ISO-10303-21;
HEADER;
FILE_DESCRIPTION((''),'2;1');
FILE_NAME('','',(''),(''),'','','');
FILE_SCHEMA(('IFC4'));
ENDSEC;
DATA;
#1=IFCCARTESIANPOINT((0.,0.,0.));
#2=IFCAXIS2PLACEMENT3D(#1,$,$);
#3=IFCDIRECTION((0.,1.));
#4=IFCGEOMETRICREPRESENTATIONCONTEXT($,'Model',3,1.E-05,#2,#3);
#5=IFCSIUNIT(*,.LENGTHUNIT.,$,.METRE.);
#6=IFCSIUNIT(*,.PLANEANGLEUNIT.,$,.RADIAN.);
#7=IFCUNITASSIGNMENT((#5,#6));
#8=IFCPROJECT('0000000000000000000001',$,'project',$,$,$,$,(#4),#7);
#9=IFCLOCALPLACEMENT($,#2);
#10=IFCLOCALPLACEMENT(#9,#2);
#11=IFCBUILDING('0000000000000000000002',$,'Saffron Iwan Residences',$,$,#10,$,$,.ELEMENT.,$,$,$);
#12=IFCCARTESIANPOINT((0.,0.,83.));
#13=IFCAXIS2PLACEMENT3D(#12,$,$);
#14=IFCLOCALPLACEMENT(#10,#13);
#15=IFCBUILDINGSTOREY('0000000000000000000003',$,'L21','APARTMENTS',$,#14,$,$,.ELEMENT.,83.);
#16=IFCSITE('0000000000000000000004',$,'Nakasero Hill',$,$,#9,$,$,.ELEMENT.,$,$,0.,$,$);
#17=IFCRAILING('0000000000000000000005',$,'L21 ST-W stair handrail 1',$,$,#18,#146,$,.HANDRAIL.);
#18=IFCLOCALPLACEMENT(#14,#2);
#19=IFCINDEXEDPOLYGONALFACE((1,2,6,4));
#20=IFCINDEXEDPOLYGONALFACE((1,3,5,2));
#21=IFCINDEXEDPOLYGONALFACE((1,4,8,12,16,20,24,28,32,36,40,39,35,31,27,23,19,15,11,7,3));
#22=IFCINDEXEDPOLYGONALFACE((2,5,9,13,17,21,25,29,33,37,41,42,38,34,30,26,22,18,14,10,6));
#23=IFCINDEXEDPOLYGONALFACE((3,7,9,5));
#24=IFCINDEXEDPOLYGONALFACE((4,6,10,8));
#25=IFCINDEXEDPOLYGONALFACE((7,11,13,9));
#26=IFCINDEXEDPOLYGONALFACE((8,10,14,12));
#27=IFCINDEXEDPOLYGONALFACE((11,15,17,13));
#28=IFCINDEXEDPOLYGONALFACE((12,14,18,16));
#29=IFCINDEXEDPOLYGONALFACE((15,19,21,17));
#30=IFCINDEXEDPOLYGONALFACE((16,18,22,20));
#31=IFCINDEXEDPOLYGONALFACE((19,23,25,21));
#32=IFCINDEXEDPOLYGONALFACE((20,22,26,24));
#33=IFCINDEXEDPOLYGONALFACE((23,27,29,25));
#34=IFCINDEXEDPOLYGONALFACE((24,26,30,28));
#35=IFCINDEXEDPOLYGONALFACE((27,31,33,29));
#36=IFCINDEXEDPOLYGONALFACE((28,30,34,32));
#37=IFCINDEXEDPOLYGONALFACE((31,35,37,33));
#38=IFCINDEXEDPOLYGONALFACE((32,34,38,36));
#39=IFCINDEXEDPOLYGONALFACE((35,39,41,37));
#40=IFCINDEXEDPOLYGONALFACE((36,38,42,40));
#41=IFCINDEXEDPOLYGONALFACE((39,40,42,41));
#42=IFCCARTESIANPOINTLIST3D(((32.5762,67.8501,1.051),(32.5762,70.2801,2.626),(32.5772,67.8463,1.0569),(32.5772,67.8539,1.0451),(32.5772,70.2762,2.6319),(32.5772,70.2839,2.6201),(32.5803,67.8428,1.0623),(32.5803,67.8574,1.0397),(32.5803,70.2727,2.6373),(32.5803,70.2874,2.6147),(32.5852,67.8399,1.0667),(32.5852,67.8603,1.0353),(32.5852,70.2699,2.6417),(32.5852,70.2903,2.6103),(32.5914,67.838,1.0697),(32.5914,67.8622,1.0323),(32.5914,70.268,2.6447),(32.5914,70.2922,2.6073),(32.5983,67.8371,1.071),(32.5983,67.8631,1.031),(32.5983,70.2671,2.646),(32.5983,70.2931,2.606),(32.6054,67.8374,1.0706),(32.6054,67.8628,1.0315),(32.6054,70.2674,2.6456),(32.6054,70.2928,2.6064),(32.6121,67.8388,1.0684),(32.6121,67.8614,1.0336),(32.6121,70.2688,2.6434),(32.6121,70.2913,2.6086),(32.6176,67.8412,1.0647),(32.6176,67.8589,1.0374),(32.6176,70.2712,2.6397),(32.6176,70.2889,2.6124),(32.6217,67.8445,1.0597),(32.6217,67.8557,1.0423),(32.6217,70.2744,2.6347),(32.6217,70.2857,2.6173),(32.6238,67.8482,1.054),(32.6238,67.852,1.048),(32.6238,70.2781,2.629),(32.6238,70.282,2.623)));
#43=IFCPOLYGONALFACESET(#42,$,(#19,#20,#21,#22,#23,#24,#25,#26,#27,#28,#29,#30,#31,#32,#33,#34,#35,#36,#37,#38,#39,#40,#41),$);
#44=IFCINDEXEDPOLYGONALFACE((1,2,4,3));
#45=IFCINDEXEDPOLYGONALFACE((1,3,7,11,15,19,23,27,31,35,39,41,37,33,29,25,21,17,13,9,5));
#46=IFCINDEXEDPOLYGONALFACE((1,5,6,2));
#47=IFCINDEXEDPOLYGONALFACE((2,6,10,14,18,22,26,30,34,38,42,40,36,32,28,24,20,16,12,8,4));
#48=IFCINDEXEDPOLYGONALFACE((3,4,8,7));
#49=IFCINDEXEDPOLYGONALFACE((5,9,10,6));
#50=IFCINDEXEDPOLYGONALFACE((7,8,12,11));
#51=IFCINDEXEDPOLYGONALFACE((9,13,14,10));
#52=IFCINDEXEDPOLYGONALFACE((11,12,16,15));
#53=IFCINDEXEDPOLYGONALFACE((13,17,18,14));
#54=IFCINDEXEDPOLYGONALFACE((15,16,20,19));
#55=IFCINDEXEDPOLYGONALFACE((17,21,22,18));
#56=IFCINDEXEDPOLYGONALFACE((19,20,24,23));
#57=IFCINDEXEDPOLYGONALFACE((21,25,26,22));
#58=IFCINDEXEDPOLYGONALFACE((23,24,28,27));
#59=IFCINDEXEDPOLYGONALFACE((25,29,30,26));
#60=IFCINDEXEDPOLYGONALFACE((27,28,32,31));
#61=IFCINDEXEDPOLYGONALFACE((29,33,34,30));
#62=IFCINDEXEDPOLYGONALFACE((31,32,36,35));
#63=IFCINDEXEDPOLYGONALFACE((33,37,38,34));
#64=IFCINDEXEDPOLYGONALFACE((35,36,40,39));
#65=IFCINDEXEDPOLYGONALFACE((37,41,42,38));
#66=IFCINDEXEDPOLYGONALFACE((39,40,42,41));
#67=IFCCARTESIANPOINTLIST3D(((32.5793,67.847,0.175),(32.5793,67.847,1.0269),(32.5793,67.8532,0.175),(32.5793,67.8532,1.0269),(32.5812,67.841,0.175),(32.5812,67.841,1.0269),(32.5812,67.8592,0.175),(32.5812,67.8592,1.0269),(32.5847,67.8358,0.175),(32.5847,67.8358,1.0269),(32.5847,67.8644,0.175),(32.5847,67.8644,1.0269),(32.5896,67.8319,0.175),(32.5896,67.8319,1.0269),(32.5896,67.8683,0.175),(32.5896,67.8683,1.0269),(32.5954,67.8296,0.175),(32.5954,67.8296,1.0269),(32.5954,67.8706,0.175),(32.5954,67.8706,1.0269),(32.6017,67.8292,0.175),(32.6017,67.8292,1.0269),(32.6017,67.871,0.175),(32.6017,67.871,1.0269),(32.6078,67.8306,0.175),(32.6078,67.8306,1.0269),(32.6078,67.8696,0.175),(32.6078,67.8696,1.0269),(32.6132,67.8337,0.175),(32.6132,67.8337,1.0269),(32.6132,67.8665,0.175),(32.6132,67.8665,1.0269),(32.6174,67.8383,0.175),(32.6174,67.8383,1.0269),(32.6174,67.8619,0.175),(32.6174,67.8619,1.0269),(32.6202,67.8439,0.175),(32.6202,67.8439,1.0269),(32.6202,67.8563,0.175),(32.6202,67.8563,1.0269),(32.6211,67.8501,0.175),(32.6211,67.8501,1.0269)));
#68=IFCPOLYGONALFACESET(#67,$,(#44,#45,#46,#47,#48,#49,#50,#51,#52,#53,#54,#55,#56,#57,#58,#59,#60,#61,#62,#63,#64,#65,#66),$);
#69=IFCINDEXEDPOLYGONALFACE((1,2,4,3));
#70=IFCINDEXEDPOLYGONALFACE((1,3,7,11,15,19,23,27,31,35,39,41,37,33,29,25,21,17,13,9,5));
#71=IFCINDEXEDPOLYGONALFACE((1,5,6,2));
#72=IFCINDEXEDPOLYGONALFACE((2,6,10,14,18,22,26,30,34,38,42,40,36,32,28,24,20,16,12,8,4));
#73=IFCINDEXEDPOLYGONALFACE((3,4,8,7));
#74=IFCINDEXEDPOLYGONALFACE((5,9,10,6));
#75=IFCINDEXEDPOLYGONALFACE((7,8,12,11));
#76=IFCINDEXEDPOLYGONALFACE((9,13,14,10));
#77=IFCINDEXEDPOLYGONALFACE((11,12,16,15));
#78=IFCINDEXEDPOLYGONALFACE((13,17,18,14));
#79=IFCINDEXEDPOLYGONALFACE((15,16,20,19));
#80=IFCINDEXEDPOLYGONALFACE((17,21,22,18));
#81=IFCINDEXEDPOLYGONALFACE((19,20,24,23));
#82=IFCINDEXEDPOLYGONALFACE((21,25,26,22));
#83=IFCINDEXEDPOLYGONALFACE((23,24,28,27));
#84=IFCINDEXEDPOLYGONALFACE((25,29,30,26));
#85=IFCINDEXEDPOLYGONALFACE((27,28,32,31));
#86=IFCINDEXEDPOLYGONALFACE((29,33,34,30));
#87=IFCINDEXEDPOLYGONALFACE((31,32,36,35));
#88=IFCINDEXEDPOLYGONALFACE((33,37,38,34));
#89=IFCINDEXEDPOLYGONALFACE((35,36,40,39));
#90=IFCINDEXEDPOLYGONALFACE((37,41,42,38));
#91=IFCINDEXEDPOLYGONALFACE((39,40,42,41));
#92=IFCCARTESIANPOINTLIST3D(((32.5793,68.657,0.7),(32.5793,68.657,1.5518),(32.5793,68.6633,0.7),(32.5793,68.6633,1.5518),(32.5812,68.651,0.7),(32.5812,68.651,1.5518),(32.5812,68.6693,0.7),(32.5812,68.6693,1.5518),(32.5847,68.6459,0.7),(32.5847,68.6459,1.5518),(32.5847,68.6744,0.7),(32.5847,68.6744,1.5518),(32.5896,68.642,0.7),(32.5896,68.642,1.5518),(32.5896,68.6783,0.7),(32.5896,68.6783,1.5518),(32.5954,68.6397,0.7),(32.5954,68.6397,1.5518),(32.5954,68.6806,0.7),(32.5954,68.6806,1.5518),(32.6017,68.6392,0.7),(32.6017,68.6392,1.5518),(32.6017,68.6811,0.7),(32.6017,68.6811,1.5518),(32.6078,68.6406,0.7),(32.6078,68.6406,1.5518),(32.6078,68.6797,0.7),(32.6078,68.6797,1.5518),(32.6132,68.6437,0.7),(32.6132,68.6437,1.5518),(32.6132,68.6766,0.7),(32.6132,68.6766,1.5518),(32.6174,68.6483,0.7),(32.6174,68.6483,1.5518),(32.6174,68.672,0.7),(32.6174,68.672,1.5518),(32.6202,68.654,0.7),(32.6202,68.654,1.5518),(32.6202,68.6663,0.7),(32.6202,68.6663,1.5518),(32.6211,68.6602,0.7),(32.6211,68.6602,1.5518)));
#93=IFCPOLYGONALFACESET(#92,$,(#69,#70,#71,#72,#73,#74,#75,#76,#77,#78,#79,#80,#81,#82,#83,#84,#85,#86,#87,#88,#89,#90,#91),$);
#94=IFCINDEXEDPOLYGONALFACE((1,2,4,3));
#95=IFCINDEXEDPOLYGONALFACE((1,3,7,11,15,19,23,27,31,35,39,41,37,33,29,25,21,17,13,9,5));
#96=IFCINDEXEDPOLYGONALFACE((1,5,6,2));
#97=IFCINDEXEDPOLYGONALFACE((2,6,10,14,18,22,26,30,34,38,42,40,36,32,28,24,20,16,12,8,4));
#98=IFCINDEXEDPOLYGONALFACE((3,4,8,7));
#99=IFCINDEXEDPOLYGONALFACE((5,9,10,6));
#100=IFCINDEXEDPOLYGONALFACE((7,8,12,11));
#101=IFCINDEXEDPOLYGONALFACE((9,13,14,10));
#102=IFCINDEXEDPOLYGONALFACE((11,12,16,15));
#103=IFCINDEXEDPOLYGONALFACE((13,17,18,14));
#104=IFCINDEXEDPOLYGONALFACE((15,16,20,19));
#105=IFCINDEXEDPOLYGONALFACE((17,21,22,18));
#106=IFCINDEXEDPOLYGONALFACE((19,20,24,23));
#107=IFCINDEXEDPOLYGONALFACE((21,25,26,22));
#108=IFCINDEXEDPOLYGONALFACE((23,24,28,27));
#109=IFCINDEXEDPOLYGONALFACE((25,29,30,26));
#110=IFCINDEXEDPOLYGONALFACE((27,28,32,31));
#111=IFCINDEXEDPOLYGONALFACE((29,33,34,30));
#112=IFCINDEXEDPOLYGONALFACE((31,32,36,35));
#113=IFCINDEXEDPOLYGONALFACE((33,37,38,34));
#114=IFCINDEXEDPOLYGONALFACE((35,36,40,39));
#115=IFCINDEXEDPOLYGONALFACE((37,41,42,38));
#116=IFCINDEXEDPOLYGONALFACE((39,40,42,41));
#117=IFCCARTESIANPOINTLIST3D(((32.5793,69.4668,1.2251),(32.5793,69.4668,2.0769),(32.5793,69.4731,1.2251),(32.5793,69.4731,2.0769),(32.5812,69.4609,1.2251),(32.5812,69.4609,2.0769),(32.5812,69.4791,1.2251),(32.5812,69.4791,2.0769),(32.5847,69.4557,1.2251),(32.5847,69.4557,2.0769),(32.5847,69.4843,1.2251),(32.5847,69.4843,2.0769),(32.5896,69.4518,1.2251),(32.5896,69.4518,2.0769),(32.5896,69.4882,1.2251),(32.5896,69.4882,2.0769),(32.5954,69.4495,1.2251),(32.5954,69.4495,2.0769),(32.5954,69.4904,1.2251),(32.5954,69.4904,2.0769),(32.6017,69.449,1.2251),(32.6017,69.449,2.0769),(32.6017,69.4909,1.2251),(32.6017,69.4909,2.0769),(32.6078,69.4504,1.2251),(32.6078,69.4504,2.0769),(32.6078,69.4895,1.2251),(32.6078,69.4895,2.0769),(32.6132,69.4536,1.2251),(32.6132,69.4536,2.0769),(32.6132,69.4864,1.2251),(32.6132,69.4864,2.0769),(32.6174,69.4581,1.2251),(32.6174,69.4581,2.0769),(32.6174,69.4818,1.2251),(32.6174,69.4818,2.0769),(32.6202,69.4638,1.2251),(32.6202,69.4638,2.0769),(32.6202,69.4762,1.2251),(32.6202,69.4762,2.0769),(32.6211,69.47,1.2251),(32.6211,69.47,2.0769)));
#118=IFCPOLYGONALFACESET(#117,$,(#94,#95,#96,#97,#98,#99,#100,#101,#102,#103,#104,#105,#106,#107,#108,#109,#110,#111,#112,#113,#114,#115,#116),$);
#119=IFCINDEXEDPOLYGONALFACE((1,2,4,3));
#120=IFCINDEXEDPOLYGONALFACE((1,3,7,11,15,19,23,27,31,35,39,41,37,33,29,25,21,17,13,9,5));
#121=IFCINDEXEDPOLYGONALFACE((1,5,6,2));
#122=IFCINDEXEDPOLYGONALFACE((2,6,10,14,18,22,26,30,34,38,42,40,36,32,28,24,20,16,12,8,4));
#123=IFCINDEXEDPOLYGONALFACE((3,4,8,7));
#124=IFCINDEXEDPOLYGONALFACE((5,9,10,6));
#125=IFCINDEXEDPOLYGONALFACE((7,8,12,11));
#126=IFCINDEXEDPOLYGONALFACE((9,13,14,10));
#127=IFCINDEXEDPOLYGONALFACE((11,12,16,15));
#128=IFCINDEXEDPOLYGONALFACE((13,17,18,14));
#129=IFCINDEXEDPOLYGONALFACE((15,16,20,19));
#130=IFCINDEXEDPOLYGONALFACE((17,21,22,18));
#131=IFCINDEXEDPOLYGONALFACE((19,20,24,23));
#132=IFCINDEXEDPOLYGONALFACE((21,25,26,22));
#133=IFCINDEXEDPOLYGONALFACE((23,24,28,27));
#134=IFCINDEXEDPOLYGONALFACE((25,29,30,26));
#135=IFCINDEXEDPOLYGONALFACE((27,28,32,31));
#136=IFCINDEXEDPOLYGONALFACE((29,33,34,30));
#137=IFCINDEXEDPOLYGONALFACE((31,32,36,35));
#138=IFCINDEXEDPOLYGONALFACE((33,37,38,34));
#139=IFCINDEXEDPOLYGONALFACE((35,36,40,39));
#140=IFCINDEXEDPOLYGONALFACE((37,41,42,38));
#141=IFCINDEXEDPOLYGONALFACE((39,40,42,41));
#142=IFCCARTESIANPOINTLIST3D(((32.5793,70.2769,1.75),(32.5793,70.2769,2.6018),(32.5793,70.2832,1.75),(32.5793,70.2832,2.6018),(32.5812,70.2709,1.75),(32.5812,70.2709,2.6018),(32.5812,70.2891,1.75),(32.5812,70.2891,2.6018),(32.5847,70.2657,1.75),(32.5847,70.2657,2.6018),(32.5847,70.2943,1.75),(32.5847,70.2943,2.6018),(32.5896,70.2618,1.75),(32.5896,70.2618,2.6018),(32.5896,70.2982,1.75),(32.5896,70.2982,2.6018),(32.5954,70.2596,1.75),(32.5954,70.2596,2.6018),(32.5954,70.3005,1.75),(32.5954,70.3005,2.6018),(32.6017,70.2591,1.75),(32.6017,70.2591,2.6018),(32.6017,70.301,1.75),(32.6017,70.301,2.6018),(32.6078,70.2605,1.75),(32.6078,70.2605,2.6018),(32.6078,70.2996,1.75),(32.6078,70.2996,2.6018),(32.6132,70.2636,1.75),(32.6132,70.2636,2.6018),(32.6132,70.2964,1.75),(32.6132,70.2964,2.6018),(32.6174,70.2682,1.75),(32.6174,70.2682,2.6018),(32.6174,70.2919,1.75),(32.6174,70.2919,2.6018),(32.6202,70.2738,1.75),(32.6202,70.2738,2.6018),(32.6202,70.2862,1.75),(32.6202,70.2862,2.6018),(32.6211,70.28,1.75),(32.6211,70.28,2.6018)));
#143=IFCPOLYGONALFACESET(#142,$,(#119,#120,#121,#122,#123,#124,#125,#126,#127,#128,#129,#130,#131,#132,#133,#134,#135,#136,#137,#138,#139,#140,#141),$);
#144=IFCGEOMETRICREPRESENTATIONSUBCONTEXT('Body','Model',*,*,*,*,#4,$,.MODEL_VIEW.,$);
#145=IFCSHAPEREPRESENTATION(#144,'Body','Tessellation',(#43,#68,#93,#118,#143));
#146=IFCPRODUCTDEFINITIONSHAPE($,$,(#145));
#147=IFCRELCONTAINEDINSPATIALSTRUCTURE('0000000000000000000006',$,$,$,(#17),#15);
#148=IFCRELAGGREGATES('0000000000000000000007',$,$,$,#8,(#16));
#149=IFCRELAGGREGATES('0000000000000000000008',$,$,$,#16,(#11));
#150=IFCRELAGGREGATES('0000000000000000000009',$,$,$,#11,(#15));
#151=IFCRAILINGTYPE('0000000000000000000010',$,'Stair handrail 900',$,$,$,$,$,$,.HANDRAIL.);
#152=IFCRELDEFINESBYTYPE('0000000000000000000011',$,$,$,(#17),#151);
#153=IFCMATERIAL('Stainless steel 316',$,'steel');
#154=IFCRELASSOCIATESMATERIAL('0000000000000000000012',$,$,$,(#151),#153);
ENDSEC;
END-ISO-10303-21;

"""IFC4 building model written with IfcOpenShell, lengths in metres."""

from ifc_helpers import new_model, si_unit, direction, frame, origin, origin_2d, place, context, subcontext, project, spatial, circle, extrude, material, type_object, element, save


model = new_model("IFC4")

# Units and contexts
model_context = context("Model", 3, precision=1e-05, world=origin(), true_north=direction((0.0, 1.0)))
body_context = subcontext(model_context, "Body", "Model", "MODEL_VIEW")
ifc_project = project(units=[si_unit("LENGTHUNIT", "METRE"), si_unit("PLANEANGLEUNIT", "RADIAN")], contexts=[model_context])

# Site, building, storey
site_placement = place(None, origin())
site = spatial("IfcSite", under=ifc_project, at=site_placement, Name="Nakasero Hill", CompositionType="ELEMENT", RefElevation=0.0)
building_placement = place(site_placement, origin())
building = spatial("IfcBuilding", under=site, at=building_placement, Name="Saffron Iwan Residences", CompositionType="ELEMENT")
storey_placement = place(building_placement, frame((0.0, 0.0, 83.0)))
storey = spatial("IfcBuildingStorey", under=building, at=storey_placement, Name="L21", Description="APARTMENTS", CompositionType="ELEMENT", Elevation=83.0)

# Railing
ifc_material_1 = material(Name="Stainless steel 316", Category="steel")
railing_type_1 = type_object("IfcRailingType", Name="Stair handrail 900", PredefinedType="HANDRAIL", material=ifc_material_1)
railing_1_placement = place(storey_placement, frame((32.6001, 67.8501, 0.175)))
element("IfcRailing", 1, at=railing_1_placement, inside=storey, type_object=railing_type_1, Name="L21 ST-W stair handrail 1", PredefinedType="HANDRAIL", context=body_context, shape_type="SweptSolid", body=[
    extrude(circle(Radius=0.0239, at=origin_2d()), frame((0.0, 0.0, 0.876), z_axis=(0.0, 0.839154, 0.543894), x_axis=(-1.0, 0.0, 0.0)), (0.0, 0.0, 1.0), 2.8958),
    extrude(circle(Radius=0.021, at=origin_2d()), origin(), (0.0, 0.0, 1.0), 0.8518),
    extrude(circle(Radius=0.021, at=origin_2d()), frame((0.0, 0.8101, 0.5249)), (0.0, 0.0, 1.0), 0.8518),
    extrude(circle(Radius=0.021, at=origin_2d()), frame((0.0, 1.6199, 1.05)), (0.0, 0.0, 1.0), 0.8518),
    extrude(circle(Radius=0.021, at=origin_2d()), frame((0.0, 2.4299, 1.575)), (0.0, 0.0, 1.0), 0.8518),
])

save(model, "model.ifc")
